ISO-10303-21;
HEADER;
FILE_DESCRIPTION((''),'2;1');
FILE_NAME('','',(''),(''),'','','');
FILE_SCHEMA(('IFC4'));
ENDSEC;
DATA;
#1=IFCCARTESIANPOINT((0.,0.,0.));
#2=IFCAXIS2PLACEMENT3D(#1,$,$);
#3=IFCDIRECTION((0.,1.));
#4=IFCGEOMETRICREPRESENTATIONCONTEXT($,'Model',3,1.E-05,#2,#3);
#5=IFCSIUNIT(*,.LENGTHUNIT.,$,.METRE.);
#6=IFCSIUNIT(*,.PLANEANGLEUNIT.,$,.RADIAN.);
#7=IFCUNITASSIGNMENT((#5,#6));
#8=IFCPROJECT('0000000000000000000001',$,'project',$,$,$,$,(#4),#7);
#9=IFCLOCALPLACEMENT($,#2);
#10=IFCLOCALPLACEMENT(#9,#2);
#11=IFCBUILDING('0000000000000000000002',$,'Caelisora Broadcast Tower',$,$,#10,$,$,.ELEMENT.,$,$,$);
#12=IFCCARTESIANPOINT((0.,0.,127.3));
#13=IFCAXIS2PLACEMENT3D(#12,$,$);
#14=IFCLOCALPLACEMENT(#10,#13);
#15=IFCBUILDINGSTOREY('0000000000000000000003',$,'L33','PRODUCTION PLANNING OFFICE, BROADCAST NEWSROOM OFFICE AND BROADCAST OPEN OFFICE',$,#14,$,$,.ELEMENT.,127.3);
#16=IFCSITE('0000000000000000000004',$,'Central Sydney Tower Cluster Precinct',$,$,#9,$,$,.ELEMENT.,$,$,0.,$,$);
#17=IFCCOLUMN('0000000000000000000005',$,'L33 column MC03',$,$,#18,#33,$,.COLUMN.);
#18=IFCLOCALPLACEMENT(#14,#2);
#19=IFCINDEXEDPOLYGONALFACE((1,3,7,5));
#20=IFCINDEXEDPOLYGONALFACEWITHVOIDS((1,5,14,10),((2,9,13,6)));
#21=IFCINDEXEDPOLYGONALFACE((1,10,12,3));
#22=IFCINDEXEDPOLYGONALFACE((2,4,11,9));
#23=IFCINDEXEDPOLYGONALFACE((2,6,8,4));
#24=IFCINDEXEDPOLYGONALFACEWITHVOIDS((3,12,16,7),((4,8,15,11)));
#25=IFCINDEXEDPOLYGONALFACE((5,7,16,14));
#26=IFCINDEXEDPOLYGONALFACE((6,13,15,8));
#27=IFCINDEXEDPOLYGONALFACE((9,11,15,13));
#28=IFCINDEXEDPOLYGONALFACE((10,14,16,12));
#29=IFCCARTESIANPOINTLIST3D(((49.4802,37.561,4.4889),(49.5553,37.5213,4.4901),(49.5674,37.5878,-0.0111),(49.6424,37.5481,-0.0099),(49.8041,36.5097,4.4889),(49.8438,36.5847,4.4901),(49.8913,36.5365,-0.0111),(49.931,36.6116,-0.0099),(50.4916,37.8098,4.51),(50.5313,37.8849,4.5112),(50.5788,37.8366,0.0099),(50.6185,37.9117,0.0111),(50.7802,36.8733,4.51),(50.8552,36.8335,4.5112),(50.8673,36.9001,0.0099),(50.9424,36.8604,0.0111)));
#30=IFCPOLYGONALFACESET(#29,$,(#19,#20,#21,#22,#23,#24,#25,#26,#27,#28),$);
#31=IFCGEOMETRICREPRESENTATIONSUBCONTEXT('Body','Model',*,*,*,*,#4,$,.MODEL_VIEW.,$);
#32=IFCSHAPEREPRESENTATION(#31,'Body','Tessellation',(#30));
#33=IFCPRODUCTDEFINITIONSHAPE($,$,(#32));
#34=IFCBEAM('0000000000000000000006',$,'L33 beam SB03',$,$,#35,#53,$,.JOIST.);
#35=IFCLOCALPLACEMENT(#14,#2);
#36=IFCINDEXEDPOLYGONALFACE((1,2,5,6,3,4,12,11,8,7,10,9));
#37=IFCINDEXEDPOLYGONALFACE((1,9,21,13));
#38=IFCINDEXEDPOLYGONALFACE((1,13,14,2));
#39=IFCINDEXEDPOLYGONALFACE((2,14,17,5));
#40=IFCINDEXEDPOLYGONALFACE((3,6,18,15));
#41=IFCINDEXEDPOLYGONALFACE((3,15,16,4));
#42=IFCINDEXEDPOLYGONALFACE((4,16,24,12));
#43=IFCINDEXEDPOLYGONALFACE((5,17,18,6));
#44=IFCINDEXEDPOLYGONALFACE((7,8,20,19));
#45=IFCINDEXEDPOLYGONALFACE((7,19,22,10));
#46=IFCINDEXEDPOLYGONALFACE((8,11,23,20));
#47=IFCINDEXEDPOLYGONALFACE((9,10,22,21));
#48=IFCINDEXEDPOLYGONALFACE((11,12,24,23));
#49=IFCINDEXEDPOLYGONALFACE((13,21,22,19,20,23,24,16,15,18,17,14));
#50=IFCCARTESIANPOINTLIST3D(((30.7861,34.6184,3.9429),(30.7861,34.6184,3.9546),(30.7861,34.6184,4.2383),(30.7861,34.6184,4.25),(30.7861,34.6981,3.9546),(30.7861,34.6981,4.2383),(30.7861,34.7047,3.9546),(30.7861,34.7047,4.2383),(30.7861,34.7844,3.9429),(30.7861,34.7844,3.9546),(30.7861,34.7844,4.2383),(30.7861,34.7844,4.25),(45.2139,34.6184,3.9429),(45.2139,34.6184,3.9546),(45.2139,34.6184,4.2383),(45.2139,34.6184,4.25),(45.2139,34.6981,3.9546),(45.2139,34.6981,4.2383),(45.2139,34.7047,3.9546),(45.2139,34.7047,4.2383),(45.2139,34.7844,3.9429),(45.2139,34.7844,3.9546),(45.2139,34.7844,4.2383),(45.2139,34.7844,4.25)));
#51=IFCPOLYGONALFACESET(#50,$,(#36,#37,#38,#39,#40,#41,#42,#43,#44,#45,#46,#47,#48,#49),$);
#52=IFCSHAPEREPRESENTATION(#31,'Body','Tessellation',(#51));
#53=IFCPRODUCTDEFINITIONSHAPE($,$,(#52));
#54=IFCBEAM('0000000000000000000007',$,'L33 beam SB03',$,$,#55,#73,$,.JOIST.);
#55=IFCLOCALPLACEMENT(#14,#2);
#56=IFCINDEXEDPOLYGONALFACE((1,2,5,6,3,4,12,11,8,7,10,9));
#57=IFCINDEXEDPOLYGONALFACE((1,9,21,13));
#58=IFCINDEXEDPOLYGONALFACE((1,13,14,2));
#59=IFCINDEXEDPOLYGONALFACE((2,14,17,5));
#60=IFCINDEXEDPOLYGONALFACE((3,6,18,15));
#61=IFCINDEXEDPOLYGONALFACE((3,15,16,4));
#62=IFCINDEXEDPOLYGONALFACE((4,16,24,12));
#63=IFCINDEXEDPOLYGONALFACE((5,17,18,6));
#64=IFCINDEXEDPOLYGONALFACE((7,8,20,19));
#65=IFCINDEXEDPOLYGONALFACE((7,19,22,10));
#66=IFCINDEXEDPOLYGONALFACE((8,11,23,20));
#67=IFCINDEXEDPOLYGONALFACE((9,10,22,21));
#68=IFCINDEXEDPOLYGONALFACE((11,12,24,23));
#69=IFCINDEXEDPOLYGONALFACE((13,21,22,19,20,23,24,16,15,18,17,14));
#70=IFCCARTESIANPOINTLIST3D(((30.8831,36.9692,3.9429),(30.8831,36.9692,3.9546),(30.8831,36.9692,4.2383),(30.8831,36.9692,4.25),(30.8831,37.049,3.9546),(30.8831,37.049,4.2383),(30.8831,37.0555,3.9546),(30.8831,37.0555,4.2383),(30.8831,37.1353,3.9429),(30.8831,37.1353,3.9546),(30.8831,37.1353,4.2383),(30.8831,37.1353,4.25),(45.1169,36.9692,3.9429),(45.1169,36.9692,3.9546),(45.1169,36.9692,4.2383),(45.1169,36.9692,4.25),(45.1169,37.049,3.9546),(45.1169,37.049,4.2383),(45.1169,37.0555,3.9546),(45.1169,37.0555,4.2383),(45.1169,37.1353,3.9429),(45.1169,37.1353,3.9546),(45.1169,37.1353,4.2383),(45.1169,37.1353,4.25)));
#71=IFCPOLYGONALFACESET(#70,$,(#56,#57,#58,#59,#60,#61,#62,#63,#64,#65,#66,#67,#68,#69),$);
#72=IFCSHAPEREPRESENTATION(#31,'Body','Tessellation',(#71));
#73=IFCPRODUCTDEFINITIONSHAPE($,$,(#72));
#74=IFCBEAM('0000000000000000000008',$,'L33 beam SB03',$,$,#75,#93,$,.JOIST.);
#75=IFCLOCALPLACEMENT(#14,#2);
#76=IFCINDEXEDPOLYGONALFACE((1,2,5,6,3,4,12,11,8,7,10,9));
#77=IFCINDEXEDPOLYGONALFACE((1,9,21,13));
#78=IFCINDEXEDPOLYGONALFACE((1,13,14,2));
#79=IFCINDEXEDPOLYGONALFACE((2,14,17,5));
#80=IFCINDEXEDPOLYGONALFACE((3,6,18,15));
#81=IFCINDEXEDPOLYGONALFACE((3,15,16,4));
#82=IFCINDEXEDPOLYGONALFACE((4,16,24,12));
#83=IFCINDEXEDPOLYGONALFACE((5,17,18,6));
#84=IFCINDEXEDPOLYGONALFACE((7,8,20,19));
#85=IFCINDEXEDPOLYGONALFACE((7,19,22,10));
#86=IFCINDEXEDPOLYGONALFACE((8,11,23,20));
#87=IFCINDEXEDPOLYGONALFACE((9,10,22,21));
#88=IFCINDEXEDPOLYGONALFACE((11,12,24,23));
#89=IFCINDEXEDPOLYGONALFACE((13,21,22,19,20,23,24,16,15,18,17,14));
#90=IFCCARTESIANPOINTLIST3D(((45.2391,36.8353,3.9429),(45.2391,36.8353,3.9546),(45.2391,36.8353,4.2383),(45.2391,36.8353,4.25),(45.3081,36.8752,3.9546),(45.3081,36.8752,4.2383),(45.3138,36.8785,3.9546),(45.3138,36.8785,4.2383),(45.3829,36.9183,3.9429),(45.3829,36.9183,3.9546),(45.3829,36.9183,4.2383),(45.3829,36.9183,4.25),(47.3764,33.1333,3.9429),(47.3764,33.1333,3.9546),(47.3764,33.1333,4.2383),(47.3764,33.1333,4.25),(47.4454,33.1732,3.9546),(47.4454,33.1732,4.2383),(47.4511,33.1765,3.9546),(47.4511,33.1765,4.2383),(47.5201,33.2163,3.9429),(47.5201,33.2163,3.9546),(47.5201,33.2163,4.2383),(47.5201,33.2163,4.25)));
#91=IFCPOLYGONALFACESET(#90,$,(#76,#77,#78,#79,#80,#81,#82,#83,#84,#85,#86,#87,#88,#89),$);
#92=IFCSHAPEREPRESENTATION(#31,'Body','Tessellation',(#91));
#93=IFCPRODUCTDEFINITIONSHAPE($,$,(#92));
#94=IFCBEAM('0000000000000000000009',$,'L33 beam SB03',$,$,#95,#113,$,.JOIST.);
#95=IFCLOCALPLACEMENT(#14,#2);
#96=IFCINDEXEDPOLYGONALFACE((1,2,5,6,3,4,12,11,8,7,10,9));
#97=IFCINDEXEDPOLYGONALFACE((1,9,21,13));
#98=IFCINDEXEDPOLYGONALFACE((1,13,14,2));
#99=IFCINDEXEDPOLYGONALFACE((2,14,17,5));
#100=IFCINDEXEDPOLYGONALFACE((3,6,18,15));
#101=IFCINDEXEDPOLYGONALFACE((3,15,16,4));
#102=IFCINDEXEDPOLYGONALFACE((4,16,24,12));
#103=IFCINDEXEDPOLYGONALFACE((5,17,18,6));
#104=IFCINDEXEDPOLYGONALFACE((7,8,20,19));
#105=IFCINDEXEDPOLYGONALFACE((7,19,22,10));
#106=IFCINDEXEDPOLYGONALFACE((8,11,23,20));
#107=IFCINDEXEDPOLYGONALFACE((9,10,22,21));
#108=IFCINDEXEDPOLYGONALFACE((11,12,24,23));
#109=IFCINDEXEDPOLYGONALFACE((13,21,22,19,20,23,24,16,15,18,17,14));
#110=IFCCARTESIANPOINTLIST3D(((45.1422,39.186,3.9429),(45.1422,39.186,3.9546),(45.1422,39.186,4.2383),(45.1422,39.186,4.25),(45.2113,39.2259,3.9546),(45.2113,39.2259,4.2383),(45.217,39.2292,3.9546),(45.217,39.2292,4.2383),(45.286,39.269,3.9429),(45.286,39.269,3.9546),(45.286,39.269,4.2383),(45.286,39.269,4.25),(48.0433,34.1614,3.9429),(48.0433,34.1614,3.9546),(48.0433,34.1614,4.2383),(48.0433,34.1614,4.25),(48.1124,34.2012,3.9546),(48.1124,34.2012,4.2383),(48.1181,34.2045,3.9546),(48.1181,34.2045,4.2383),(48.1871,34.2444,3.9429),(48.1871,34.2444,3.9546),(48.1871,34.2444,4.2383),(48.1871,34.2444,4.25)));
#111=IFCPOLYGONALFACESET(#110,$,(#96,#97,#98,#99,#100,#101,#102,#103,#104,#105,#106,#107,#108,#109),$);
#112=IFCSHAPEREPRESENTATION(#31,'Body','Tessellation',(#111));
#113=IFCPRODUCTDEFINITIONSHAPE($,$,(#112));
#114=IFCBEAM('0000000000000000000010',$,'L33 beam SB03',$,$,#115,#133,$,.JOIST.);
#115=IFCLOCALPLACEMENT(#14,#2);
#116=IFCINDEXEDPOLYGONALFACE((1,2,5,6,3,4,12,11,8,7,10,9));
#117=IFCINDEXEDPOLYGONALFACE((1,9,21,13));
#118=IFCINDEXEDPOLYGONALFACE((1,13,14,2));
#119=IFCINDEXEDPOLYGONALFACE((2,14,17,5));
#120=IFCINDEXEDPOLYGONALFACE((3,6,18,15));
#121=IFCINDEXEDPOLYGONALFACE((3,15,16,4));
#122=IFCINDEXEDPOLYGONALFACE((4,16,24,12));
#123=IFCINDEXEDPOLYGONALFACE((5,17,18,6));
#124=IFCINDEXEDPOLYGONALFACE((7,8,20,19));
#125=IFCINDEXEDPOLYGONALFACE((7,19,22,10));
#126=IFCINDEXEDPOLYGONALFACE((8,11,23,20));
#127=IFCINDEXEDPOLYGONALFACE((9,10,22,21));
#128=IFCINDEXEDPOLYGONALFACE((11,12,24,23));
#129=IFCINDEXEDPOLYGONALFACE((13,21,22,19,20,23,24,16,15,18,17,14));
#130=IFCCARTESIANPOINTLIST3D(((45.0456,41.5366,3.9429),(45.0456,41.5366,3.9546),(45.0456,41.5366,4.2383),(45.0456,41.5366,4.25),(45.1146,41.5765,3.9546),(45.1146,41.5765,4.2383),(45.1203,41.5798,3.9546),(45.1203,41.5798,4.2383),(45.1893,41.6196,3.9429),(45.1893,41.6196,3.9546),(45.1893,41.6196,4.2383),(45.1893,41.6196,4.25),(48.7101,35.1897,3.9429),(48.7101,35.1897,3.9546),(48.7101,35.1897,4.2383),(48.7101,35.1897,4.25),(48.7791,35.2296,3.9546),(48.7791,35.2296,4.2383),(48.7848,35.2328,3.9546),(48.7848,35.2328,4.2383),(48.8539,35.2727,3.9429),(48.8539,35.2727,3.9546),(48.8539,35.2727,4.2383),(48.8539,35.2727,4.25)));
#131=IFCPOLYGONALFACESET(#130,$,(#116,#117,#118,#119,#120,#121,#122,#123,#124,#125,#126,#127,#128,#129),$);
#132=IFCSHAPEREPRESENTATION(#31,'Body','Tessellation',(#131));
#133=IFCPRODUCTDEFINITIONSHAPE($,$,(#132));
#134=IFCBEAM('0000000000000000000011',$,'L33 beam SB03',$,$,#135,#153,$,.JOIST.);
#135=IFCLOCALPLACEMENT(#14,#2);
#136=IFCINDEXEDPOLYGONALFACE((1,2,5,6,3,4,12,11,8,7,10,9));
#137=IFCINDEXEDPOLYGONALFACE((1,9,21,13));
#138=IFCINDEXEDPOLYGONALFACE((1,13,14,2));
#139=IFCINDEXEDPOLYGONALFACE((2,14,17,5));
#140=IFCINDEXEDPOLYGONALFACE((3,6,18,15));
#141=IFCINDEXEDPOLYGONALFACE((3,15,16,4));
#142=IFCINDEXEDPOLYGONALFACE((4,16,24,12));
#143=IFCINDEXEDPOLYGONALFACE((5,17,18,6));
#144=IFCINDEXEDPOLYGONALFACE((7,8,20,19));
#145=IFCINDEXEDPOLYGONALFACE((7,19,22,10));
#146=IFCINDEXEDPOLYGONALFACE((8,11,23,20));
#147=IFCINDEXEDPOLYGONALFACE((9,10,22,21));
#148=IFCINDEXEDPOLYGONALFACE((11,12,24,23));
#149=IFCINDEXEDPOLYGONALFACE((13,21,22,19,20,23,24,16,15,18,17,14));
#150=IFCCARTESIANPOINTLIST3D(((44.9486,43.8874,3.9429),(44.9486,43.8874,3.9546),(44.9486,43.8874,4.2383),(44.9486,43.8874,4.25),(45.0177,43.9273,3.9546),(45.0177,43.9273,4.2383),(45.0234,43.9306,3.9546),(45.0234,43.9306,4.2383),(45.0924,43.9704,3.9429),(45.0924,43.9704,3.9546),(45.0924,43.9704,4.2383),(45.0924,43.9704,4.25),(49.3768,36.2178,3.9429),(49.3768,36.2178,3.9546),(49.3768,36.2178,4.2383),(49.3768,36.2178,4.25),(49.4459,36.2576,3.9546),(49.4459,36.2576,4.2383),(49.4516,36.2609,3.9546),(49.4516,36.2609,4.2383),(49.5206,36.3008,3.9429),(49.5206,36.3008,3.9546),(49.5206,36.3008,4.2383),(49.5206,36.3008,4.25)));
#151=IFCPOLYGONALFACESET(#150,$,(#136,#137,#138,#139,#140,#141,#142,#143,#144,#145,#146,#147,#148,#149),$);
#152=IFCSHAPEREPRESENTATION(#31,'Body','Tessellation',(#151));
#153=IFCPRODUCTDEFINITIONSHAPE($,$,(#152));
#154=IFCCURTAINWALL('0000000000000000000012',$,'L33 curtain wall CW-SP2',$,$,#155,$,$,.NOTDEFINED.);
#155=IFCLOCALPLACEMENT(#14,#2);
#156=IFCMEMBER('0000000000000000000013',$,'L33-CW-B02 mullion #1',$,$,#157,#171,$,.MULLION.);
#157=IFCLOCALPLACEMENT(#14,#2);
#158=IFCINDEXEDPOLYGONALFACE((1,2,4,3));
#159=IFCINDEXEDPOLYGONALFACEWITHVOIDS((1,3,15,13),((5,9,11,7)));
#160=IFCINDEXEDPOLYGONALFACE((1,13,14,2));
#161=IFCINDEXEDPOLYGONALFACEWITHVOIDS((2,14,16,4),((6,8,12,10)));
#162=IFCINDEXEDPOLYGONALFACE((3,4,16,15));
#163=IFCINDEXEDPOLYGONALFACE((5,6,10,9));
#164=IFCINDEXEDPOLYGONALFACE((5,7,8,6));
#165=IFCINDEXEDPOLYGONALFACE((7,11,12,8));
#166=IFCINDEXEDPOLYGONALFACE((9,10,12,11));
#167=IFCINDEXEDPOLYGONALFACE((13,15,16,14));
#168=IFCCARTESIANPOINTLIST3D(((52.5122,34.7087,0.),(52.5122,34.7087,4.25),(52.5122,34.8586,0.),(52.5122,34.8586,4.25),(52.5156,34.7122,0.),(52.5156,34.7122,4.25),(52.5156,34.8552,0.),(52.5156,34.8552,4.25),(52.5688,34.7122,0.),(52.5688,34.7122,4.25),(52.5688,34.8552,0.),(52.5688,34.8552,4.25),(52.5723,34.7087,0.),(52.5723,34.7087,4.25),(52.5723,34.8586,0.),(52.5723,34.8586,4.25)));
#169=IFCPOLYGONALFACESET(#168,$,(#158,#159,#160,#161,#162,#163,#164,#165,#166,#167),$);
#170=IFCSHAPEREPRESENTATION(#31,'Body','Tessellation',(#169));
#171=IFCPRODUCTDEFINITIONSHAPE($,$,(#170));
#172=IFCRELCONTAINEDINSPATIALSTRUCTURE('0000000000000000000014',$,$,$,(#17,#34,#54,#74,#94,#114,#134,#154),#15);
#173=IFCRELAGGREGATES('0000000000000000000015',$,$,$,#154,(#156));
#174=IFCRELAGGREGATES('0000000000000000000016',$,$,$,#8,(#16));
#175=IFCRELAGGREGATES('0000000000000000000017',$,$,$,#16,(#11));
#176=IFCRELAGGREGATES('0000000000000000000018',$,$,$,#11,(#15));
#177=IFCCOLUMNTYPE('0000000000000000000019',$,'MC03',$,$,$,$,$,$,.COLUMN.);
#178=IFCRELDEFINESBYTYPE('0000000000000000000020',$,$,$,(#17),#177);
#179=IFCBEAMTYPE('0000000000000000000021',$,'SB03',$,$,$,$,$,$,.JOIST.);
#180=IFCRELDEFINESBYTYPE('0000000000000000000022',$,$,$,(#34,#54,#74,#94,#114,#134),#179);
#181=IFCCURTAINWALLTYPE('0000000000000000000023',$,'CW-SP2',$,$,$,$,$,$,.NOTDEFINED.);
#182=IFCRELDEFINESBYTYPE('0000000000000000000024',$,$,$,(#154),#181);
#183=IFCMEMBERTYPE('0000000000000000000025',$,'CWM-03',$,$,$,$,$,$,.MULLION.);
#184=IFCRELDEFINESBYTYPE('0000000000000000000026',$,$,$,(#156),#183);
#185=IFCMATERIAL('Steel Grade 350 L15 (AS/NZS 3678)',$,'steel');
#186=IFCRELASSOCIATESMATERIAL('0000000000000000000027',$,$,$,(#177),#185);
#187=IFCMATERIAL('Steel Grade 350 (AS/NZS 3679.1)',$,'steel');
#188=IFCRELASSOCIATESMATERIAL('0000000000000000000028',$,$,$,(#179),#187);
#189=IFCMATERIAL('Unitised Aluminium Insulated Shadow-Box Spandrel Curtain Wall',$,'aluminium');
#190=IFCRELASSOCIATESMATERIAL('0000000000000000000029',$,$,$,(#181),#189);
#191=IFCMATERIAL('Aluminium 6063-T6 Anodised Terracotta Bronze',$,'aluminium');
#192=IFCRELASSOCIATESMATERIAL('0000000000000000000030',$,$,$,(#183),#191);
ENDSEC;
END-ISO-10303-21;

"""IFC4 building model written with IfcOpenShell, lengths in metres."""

from ifc_helpers import new_model, si_unit, direction, frame, origin, origin_2d, place, context, subcontext, project, spatial, hollow_rectangle, i_section, extrude, source, transform, mapped, material, material_profile, profile_set, type_object, type_shapes, element, aggregate, save


model = new_model("IFC4")

# Units and contexts
model_context = context("Model", 3, precision=1e-05, world=origin(), true_north=direction((0.0, 1.0)))
body_context = subcontext(model_context, "Body", "Model", "MODEL_VIEW")
ifc_project = project(units=[si_unit("LENGTHUNIT", "METRE"), si_unit("PLANEANGLEUNIT", "RADIAN")], contexts=[model_context])

# Site, building, storey
site_placement = place(None, origin())
site = spatial("IfcSite", under=ifc_project, at=site_placement, Name="Central Sydney Tower Cluster Precinct", CompositionType="ELEMENT", RefElevation=0.0)
building_placement = place(site_placement, origin())
building = spatial("IfcBuilding", under=site, at=building_placement, Name="Caelisora Broadcast Tower", CompositionType="ELEMENT")
storey_placement = place(building_placement, frame((0.0, 0.0, 127.3)))
storey = spatial("IfcBuildingStorey", under=building, at=storey_placement, Name="L33", Description="PRODUCTION PLANNING OFFICE, BROADCAST NEWSROOM OFFICE AND BROADCAST OPEN OFFICE", CompositionType="ELEMENT", Elevation=127.3)

# Column
ifc_material_1 = material(Name="Steel Grade 350 L15 (AS/NZS 3678)", Category="steel")
ifc_material_profile_1 = material_profile(ifc_material_1, hollow_rectangle(XDim=1.1001, YDim=1.1001, WallThickness=0.0601, at=origin_2d()), Name="Steel Grade 350 L15 (AS/NZS 3678)")
ifc_profile_set_1 = profile_set([ifc_material_profile_1], Name="Steel Grade 350 L15 (AS/NZS 3678)")
column_type = type_object("IfcColumnType", Name="MC03", PredefinedType="COLUMN", material=ifc_profile_set_1)
shared_shape_1 = source(origin(), body_context, "Body", "SweptSolid", [
    extrude(hollow_rectangle(XDim=1.1001, YDim=1.1001, WallThickness=0.0601, at=origin_2d()), origin(), (0.0, 0.0, 1.0), 4.501),
])
type_shapes(column_type, [shared_shape_1])
column_placement = place(storey_placement, frame((50.2549, 37.2241, 0.0), z_axis=(-0.019365, -0.005967, 0.999795), x_axis=(0.294462, -0.955663, 0.0)))
element("IfcColumn", 1, at=column_placement, inside=storey, type_object=column_type, Name="L33 column MC03", PredefinedType="COLUMN", context=body_context, shape_type="MappedRepresentation", body=[
    mapped(shared_shape_1, transform((0.0, 0.0, 0.0), scale=1.0)),
])

# Beams
ifc_material_2 = material(Name="Steel Grade 350 (AS/NZS 3679.1)", Category="steel")
ifc_material_profile_2 = material_profile(ifc_material_2, i_section(OverallWidth=0.166, OverallDepth=0.3071, WebThickness=0.0066, FlangeThickness=0.0117, at=origin_2d()), Name="Steel Grade 350 (AS/NZS 3679.1)")
ifc_profile_set_2 = profile_set([ifc_material_profile_2], Name="Steel Grade 350 (AS/NZS 3679.1)")
beam_type = type_object("IfcBeamType", Name="SB03", PredefinedType="JOIST", material=ifc_profile_set_2)
shared_shape_2 = source(origin(), body_context, "Body", "SweptSolid", [
    extrude(i_section(OverallWidth=0.166, OverallDepth=0.3071, WebThickness=0.0066, FlangeThickness=0.0117, at=origin_2d()), origin(), (0.0, 0.0, 1.0), 14.4277),
])
beam_1_placement = place(storey_placement, frame((45.2139, 34.7014, 4.0964), z_axis=(-1.0, 0.0, 0.0), x_axis=(0.0, -1.0, 0.0)))
element("IfcBeam", 2, at=beam_1_placement, inside=storey, type_object=beam_type, Name="L33 beam SB03", PredefinedType="JOIST", context=body_context, shape_type="MappedRepresentation", body=[
    mapped(shared_shape_2, transform((0.0, 0.0, 0.0), scale=1.0)),
])
shared_shape_3 = source(origin(), body_context, "Body", "SweptSolid", [
    extrude(i_section(OverallWidth=0.166, OverallDepth=0.3071, WebThickness=0.0066, FlangeThickness=0.0117, at=origin_2d()), origin(), (0.0, 0.0, 1.0), 14.2339),
])
beam_2_placement = place(storey_placement, frame((45.1169, 37.0522, 4.0964), z_axis=(-1.0, 0.0, 0.0), x_axis=(0.0, -1.0, 0.0)))
element("IfcBeam", 3, at=beam_2_placement, inside=storey, type_object=beam_type, Name="L33 beam SB03", PredefinedType="JOIST", context=body_context, shape_type="MappedRepresentation", body=[
    mapped(shared_shape_3, transform((0.0, 0.0, 0.0), scale=1.0)),
])
shared_shape_4 = source(origin(), body_context, "Body", "SweptSolid", [
    extrude(i_section(OverallWidth=0.166, OverallDepth=0.3071, WebThickness=0.0066, FlangeThickness=0.0117, at=origin_2d()), origin(), (0.0, 0.0, 1.0), 4.2747),
])
beam_3_placement = place(storey_placement, frame((47.4482, 33.1748, 4.0964), z_axis=(-0.499984, 0.866034, 0.0), x_axis=(-0.866034, -0.499984, 0.0)))
element("IfcBeam", 4, at=beam_3_placement, inside=storey, type_object=beam_type, Name="L33 beam SB03", PredefinedType="JOIST", context=body_context, shape_type="MappedRepresentation", body=[
    mapped(shared_shape_4, transform((0.0, 0.0, 0.0), scale=1.0)),
])
shared_shape_5 = source(origin(), body_context, "Body", "SweptSolid", [
    extrude(i_section(OverallWidth=0.166, OverallDepth=0.3071, WebThickness=0.0066, FlangeThickness=0.0117, at=origin_2d()), origin(), (0.0, 0.0, 1.0), 5.802),
])
beam_4_placement = place(storey_placement, frame((48.1152, 34.2029, 4.0964), z_axis=(-0.500017, 0.866015, 0.0), x_axis=(-0.866015, -0.500017, 0.0)))
element("IfcBeam", 5, at=beam_4_placement, inside=storey, type_object=beam_type, Name="L33 beam SB03", PredefinedType="JOIST", context=body_context, shape_type="MappedRepresentation", body=[
    mapped(shared_shape_5, transform((0.0, 0.0, 0.0), scale=1.0)),
])
shared_shape_6 = source(origin(), body_context, "Body", "SweptSolid", [
    extrude(i_section(OverallWidth=0.166, OverallDepth=0.3071, WebThickness=0.0066, FlangeThickness=0.0117, at=origin_2d()), origin(), (0.0, 0.0, 1.0), 7.3289),
])
beam_5_placement = place(storey_placement, frame((48.782, 35.2312, 4.0964), z_axis=(-0.500016, 0.866016, 0.0), x_axis=(-0.866016, -0.500016, 0.0)))
element("IfcBeam", 6, at=beam_5_placement, inside=storey, type_object=beam_type, Name="L33 beam SB03", PredefinedType="JOIST", context=body_context, shape_type="MappedRepresentation", body=[
    mapped(shared_shape_6, transform((0.0, 0.0, 0.0), scale=1.0)),
])
shared_shape_7 = source(origin(), body_context, "Body", "SweptSolid", [
    extrude(i_section(OverallWidth=0.166, OverallDepth=0.3071, WebThickness=0.0066, FlangeThickness=0.0117, at=origin_2d()), origin(), (0.0, 0.0, 1.0), 8.8562),
])
type_shapes(beam_type, [shared_shape_2, shared_shape_3, shared_shape_4, shared_shape_5, shared_shape_6, shared_shape_7])
beam_6_placement = place(storey_placement, frame((49.4487, 36.2593, 4.0964), z_axis=(-0.500011, 0.866019, 0.0), x_axis=(-0.866019, -0.500011, 0.0)))
element("IfcBeam", 7, at=beam_6_placement, inside=storey, type_object=beam_type, Name="L33 beam SB03", PredefinedType="JOIST", context=body_context, shape_type="MappedRepresentation", body=[
    mapped(shared_shape_7, transform((0.0, 0.0, 0.0), scale=1.0)),
])

# Curtain wall, member
ifc_material_3 = material(Name="Unitised Aluminium Insulated Shadow-Box Spandrel Curtain Wall", Category="aluminium")
curtain_wall_type = type_object("IfcCurtainWallType", Name="CW-SP2", PredefinedType="NOTDEFINED", material=ifc_material_3)
curtain_wall_placement = place(storey_placement, origin())
curtain_wall = element("IfcCurtainWall", 8, at=curtain_wall_placement, inside=storey, type_object=curtain_wall_type, Name="L33 curtain wall CW-SP2", PredefinedType="NOTDEFINED")
ifc_material_4 = material(Name="Aluminium 6063-T6 Anodised Terracotta Bronze", Category="aluminium")
ifc_material_profile_3 = material_profile(ifc_material_4, hollow_rectangle(XDim=0.0601, YDim=0.1499, WallThickness=0.0034, at=origin_2d()), Name="Aluminium 6063-T6 Anodised Terracotta Bronze")
ifc_profile_set_3 = profile_set([ifc_material_profile_3], Name="Aluminium 6063-T6 Anodised Terracotta Bronze")
member_type = type_object("IfcMemberType", Name="CWM-03", PredefinedType="MULLION", material=ifc_profile_set_3)
shared_shape_8 = source(origin(), body_context, "Body", "SweptSolid", [
    extrude(hollow_rectangle(XDim=0.0601, YDim=0.1499, WallThickness=0.0034, at=origin_2d()), origin(), (0.0, 0.0, 1.0), 4.25),
])
type_shapes(member_type, [shared_shape_8])
member_placement = place(storey_placement, frame((52.5422, 34.7837, 0.0), z_axis=(0.0, 0.0, 1.0), x_axis=(1.0, 0.0, 0.0)))
member = element("IfcMember", 9, at=member_placement, type_object=member_type, Name="L33-CW-B02 mullion #1", PredefinedType="MULLION", context=body_context, shape_type="MappedRepresentation", body=[
    mapped(shared_shape_8, transform((0.0, 0.0, 0.0), scale=1.0)),
])

aggregate(curtain_wall, [member])

save(model, "model.ifc")
